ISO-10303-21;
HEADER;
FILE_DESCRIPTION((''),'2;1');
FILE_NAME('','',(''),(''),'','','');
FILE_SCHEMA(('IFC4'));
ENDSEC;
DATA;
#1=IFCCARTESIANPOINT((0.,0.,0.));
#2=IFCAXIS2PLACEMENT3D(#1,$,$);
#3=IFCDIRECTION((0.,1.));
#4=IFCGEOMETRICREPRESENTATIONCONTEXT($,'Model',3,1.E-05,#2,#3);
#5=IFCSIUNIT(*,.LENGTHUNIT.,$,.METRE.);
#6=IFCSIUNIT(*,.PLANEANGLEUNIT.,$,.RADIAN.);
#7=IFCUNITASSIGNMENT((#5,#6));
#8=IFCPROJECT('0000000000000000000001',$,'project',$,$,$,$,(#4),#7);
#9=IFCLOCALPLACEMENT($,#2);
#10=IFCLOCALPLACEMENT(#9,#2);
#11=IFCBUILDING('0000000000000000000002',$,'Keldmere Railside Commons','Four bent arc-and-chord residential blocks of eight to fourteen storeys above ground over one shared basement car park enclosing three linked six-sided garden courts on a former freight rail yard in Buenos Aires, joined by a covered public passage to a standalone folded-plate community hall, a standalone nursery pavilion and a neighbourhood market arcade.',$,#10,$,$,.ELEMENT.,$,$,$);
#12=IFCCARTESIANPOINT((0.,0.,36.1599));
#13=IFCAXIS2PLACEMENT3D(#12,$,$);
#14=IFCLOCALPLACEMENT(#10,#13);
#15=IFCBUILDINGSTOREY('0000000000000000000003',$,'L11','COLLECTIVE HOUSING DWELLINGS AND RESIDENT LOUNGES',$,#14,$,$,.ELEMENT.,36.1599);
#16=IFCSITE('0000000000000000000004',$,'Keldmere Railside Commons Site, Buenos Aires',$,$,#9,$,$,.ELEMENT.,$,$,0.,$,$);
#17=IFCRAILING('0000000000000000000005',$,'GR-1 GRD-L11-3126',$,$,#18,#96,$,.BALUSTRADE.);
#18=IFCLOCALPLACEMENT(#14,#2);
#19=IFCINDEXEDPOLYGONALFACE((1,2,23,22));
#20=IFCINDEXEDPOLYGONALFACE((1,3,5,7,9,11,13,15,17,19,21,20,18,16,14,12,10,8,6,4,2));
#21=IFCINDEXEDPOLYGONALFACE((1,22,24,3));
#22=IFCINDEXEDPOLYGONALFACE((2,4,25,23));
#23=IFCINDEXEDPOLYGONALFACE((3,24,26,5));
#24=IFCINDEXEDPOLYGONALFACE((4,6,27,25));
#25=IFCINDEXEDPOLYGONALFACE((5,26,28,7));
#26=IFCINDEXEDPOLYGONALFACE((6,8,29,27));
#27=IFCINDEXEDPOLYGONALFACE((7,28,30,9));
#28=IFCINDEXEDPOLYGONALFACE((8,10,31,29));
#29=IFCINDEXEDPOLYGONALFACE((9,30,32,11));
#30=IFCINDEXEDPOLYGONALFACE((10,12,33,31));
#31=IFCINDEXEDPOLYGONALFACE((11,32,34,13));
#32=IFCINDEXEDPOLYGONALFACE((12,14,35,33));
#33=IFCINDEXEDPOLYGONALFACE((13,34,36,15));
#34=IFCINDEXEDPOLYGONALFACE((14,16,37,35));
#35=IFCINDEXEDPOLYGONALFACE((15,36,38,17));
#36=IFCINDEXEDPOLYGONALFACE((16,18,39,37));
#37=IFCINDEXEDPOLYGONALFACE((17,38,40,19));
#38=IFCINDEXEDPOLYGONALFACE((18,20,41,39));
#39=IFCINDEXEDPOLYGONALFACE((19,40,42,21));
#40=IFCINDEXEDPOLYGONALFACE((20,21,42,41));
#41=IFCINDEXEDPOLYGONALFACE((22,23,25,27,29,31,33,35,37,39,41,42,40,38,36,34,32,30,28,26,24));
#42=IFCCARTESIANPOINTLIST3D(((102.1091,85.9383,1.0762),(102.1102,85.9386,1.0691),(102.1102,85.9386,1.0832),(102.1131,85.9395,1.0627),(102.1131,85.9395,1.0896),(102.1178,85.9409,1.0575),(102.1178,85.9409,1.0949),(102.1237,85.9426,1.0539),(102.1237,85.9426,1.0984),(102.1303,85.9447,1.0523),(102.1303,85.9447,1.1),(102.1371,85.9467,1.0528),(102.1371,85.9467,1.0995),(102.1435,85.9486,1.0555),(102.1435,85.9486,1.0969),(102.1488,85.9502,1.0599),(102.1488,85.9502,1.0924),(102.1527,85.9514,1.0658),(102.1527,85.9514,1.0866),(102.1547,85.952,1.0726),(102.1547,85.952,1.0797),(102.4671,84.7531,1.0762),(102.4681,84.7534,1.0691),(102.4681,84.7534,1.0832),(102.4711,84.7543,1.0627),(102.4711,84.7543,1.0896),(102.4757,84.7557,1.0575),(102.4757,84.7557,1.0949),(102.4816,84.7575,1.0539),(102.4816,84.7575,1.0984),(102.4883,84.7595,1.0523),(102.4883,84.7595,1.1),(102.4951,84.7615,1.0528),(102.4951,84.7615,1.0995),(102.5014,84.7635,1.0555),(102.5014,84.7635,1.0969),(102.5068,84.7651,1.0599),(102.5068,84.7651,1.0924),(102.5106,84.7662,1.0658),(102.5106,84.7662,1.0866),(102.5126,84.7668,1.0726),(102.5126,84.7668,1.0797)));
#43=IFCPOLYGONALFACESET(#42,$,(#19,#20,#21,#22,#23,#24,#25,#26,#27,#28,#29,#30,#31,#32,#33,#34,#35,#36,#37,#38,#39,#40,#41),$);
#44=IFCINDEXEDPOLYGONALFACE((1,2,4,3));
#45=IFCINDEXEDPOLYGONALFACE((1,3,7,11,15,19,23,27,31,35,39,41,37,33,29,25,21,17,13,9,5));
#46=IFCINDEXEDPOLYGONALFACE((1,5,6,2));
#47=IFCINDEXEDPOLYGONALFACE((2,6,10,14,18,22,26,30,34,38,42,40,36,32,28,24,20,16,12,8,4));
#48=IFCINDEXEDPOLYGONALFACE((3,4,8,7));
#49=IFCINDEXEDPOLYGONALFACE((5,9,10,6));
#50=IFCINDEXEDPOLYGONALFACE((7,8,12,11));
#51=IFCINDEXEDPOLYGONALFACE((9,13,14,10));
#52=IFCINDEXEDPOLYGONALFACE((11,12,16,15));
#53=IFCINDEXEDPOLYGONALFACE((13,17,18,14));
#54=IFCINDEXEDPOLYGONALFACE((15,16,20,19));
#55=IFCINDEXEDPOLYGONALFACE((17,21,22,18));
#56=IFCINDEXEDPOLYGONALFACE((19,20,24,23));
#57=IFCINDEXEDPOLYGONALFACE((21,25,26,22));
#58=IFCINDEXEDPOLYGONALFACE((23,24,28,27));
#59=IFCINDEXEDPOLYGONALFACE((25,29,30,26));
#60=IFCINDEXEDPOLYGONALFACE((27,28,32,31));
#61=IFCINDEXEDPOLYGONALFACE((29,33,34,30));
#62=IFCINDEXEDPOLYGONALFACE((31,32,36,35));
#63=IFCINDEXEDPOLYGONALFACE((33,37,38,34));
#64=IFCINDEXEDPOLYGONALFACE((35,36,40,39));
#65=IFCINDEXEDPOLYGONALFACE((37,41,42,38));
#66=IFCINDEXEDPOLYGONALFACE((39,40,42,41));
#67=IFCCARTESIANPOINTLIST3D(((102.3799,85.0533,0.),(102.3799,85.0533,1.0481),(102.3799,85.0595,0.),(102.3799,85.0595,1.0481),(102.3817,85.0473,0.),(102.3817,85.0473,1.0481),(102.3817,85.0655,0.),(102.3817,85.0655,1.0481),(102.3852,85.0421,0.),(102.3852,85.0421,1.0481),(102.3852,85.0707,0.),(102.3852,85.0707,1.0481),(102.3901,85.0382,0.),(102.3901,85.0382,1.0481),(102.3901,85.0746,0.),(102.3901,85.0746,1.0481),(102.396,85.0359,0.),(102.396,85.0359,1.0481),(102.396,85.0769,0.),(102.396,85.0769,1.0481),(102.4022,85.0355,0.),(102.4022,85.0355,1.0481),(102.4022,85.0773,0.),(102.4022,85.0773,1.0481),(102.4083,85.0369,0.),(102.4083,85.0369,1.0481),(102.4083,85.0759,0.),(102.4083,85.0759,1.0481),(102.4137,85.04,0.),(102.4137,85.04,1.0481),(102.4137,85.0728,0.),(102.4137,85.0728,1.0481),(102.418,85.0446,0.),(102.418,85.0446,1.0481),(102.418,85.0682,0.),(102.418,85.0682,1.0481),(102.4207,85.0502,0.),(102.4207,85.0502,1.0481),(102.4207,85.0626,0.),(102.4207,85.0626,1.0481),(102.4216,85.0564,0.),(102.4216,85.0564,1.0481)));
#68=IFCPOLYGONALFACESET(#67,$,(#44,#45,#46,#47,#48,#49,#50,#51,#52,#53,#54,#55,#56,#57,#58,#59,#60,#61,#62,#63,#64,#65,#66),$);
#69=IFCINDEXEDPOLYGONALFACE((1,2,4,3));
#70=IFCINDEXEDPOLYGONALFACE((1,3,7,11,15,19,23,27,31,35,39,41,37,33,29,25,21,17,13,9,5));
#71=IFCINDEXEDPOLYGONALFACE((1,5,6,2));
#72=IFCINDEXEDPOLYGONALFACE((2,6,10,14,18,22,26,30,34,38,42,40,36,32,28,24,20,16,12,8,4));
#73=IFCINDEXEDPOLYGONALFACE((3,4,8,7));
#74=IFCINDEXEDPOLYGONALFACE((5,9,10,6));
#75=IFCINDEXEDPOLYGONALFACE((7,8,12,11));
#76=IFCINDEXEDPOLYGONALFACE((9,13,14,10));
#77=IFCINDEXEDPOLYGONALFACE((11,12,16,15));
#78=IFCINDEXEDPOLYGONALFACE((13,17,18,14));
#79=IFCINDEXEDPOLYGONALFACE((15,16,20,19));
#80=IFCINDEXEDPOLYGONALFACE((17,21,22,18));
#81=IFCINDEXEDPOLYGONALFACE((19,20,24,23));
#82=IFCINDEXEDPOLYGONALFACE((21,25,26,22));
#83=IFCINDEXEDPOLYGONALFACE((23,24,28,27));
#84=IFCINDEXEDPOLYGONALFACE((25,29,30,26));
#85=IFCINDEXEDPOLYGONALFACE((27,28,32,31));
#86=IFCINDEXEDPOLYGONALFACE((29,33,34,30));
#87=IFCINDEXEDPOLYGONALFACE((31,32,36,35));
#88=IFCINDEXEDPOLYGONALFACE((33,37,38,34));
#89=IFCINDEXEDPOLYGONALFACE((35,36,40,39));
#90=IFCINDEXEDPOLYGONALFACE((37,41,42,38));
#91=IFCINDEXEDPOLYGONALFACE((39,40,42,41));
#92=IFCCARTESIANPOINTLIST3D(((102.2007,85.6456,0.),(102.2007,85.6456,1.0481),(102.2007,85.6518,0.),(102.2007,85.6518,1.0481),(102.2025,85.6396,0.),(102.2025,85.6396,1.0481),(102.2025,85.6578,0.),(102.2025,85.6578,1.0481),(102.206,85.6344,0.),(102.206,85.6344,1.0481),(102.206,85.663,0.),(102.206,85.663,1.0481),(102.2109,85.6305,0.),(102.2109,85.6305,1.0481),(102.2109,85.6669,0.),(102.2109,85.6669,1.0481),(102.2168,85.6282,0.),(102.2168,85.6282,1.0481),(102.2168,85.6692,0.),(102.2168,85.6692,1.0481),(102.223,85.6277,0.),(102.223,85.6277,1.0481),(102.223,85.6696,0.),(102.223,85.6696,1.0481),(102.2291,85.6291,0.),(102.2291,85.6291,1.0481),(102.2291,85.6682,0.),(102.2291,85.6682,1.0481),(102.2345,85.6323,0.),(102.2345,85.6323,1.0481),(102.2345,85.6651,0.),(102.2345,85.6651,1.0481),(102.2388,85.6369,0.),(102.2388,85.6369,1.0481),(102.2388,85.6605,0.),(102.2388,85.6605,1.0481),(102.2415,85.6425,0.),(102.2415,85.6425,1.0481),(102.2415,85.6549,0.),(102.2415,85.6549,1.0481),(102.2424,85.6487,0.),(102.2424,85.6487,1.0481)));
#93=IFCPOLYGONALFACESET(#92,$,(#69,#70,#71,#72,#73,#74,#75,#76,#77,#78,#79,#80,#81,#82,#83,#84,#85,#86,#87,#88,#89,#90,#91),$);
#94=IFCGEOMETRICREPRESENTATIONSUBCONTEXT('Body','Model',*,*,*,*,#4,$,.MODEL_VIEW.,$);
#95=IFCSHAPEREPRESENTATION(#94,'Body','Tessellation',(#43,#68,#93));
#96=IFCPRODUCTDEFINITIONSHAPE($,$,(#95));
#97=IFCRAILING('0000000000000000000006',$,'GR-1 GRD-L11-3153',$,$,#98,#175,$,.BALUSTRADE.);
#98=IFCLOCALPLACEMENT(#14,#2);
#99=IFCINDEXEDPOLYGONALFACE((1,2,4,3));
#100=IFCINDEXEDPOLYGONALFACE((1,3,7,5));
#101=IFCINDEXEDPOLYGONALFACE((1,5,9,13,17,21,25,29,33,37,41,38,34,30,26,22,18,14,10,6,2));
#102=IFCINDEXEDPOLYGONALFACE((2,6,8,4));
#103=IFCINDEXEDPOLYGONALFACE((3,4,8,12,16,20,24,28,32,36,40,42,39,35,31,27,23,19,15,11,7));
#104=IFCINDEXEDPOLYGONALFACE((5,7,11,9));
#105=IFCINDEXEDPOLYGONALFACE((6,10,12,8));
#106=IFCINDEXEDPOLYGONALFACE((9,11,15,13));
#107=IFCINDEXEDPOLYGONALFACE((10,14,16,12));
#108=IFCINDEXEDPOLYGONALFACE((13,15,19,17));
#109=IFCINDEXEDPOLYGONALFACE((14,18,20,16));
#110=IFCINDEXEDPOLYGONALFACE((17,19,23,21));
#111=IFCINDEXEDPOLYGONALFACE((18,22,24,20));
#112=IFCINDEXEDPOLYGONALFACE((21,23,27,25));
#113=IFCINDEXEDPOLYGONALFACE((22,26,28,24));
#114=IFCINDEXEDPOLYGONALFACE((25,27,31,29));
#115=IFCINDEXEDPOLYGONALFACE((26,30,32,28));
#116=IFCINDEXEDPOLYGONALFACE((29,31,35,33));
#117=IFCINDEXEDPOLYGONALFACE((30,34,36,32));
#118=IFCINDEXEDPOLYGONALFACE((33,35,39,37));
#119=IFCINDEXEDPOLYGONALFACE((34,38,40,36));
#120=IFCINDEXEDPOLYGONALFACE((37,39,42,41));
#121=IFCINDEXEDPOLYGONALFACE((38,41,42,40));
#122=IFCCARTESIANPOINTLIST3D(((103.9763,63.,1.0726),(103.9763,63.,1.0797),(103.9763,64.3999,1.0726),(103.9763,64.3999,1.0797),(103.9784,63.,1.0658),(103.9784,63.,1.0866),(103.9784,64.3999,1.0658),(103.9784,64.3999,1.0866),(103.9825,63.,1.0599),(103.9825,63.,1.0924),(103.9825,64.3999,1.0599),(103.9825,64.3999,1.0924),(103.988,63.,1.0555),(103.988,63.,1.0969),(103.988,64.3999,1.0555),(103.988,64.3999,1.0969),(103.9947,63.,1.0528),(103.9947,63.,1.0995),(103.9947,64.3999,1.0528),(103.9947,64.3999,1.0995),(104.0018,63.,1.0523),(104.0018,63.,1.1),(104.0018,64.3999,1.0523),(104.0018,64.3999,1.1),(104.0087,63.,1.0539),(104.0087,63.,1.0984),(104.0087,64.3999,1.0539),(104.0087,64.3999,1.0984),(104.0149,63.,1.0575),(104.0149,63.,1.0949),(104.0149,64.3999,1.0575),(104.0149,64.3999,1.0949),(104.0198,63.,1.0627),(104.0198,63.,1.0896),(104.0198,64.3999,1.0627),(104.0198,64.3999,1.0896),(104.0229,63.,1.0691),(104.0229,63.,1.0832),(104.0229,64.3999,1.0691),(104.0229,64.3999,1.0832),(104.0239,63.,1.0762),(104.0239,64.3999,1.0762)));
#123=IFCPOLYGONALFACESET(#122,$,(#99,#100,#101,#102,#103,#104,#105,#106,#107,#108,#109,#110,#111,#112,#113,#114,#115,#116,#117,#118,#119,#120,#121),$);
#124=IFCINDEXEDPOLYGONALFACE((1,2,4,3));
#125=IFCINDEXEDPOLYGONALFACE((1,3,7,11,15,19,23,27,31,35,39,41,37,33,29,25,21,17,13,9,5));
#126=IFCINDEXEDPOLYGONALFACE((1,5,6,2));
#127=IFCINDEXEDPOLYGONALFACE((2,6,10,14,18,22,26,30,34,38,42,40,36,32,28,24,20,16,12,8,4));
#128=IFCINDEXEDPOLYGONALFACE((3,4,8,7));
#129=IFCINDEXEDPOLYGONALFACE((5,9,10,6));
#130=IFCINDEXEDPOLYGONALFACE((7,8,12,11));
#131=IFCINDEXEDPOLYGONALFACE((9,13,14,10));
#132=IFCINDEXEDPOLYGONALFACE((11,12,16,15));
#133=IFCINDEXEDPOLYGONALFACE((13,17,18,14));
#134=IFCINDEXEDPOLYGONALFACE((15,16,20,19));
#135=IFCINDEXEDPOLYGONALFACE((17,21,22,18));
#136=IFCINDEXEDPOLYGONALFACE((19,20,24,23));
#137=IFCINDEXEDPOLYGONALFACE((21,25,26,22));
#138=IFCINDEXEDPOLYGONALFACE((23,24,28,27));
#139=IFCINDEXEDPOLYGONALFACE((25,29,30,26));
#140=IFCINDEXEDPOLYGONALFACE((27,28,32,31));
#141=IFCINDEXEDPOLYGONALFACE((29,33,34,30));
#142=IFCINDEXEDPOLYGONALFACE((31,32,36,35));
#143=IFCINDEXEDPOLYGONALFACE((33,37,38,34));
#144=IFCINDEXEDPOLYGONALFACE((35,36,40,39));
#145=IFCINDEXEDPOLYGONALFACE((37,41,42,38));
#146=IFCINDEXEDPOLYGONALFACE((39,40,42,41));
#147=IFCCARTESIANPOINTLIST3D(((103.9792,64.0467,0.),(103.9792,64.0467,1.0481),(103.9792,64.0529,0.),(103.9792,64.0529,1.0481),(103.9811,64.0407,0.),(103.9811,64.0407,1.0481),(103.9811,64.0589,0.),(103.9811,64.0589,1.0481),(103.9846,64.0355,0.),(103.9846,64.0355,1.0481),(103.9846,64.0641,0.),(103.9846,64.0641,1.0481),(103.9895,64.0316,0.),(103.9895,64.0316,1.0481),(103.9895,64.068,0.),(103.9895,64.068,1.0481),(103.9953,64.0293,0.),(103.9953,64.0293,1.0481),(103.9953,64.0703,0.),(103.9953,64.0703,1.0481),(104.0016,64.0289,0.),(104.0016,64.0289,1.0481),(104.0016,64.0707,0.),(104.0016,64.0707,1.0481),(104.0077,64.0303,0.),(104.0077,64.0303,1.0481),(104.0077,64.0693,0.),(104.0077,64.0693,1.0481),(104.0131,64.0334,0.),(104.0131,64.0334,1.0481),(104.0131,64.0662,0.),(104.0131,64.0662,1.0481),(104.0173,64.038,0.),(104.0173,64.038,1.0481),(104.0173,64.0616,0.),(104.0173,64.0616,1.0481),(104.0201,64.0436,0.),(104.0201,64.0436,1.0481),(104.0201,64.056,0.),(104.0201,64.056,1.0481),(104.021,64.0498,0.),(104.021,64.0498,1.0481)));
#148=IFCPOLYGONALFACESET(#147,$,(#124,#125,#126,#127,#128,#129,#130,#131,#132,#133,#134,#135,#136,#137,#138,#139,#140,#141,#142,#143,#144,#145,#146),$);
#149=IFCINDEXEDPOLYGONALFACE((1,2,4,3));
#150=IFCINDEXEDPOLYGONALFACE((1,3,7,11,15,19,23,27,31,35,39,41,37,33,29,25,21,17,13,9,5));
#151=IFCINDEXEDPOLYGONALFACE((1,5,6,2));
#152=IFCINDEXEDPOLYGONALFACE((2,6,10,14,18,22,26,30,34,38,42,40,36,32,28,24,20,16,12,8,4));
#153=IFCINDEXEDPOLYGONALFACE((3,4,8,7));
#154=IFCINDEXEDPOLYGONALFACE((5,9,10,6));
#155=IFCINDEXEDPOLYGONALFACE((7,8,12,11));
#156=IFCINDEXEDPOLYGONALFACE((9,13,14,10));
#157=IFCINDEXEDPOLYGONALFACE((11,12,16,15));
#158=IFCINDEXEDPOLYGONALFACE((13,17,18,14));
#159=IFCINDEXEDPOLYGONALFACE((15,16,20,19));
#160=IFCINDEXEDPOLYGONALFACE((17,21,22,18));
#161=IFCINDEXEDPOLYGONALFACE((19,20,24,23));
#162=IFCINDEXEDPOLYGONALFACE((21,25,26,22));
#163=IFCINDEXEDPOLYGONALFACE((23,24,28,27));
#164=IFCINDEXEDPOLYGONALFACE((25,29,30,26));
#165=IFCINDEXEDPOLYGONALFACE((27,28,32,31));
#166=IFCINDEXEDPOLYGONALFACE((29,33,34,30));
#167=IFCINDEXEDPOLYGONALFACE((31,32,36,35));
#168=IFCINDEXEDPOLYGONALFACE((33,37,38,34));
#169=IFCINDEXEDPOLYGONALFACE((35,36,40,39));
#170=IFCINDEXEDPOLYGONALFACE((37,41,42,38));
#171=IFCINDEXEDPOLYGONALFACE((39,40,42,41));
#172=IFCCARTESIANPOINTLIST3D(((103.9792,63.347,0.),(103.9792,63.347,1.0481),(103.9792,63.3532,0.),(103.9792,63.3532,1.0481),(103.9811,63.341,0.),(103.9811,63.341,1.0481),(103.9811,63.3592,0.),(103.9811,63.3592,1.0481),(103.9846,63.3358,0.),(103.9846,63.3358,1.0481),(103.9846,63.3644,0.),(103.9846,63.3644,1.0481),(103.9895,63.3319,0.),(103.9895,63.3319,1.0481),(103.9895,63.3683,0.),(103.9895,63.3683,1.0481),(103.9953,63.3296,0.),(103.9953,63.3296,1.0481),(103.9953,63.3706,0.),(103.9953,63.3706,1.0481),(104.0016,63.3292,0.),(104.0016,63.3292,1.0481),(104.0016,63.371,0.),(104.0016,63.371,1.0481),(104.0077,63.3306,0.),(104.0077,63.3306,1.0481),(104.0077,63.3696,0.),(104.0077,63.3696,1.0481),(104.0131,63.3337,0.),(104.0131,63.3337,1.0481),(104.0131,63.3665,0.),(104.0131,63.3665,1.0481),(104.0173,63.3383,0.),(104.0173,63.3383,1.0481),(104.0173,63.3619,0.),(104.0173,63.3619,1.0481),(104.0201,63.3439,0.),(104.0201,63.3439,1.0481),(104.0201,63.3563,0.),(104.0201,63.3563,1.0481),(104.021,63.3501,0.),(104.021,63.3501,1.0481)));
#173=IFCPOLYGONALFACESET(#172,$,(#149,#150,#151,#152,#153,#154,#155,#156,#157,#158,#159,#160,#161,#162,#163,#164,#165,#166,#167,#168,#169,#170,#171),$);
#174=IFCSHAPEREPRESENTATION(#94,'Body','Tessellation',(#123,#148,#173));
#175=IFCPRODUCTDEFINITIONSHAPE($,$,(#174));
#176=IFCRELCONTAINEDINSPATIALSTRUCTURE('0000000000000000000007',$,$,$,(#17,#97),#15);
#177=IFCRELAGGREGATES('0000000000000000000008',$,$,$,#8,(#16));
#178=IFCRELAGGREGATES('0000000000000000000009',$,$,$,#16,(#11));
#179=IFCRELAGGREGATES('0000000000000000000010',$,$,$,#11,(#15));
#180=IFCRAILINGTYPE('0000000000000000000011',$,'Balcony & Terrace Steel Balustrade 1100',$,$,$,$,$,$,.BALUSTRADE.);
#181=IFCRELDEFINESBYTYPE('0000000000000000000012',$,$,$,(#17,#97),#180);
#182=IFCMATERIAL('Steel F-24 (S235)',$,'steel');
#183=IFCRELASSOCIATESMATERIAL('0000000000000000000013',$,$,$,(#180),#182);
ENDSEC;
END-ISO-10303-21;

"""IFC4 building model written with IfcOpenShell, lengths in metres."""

from ifc_helpers import new_model, si_unit, direction, frame, origin, origin_2d, place, context, subcontext, project, spatial, circle, extrude, material, type_object, element, save


model = new_model("IFC4")

# Units and contexts
model_context = context("Model", 3, precision=1e-05, world=origin(), true_north=direction((0.0, 1.0)))
body_context = subcontext(model_context, "Body", "Model", "MODEL_VIEW")
ifc_project = project(units=[si_unit("LENGTHUNIT", "METRE"), si_unit("PLANEANGLEUNIT", "RADIAN")], contexts=[model_context])

# Site, building, storey
site_placement = place(None, origin())
site = spatial("IfcSite", under=ifc_project, at=site_placement, Name="Keldmere Railside Commons Site, Buenos Aires", CompositionType="ELEMENT", RefElevation=0.0)
building_placement = place(site_placement, origin())
building = spatial("IfcBuilding", under=site, at=building_placement, Name="Keldmere Railside Commons", Description="Four bent arc-and-chord residential blocks of eight to fourteen storeys above ground over one shared basement car park enclosing three linked six-sided garden courts on a former freight rail yard in Buenos Aires, joined by a covered public passage to a standalone folded-plate community hall, a standalone nursery pavilion and a neighbourhood market arcade.", CompositionType="ELEMENT")
storey_placement = place(building_placement, frame((0.0, 0.0, 36.1599)))
storey = spatial("IfcBuildingStorey", under=building, at=storey_placement, Name="L11", Description="COLLECTIVE HOUSING DWELLINGS AND RESIDENT LOUNGES", CompositionType="ELEMENT", Elevation=36.1599)

# Shared definitions
ifc_material_1 = material(Name="Steel F-24 (S235)", Category="steel")

# Railings
railing_type_1 = type_object("IfcRailingType", Name="Balcony & Terrace Steel Balustrade 1100", PredefinedType="BALUSTRADE", material=ifc_material_1)
railing_1_placement = place(storey_placement, frame((102.49, 84.76, 0.0)))
element("IfcRailing", 1, at=railing_1_placement, inside=storey, type_object=railing_type_1, Name="GR-1 GRD-L11-3126", PredefinedType="BALUSTRADE", context=body_context, shape_type="SweptSolid", body=[
    extrude(circle(Radius=0.0239, at=origin_2d()), frame((0.0, 0.0, 1.0762), z_axis=(-0.289121, 0.957293, 0.0), x_axis=(-0.957293, -0.289121, 0.0)), (0.0, 0.0, 1.0), 1.238),
    extrude(circle(Radius=0.021, at=origin_2d()), frame((-0.0894, 0.2964, 0.0)), (0.0, 0.0, 1.0), 1.0481),
    extrude(circle(Radius=0.021, at=origin_2d()), frame((-0.2686, 0.8887, 0.0)), (0.0, 0.0, 1.0), 1.0481),
])
railing_2_placement = place(storey_placement, frame((104.0, 64.3999, 0.0)))
element("IfcRailing", 2, at=railing_2_placement, inside=storey, type_object=railing_type_1, Name="GR-1 GRD-L11-3153", PredefinedType="BALUSTRADE", context=body_context, shape_type="SweptSolid", body=[
    extrude(circle(Radius=0.0239, at=origin_2d()), frame((0.0, 0.0, 1.0762), z_axis=(0.0, -1.0, 0.0), x_axis=(1.0, 0.0, 0.0)), (0.0, 0.0, 1.0), 1.3999),
    extrude(circle(Radius=0.021, at=origin_2d()), frame((0.0, -0.3501, 0.0)), (0.0, 0.0, 1.0), 1.0481),
    extrude(circle(Radius=0.021, at=origin_2d()), frame((0.0, -1.0498, 0.0)), (0.0, 0.0, 1.0), 1.0481),
])

save(model, "model.ifc")
